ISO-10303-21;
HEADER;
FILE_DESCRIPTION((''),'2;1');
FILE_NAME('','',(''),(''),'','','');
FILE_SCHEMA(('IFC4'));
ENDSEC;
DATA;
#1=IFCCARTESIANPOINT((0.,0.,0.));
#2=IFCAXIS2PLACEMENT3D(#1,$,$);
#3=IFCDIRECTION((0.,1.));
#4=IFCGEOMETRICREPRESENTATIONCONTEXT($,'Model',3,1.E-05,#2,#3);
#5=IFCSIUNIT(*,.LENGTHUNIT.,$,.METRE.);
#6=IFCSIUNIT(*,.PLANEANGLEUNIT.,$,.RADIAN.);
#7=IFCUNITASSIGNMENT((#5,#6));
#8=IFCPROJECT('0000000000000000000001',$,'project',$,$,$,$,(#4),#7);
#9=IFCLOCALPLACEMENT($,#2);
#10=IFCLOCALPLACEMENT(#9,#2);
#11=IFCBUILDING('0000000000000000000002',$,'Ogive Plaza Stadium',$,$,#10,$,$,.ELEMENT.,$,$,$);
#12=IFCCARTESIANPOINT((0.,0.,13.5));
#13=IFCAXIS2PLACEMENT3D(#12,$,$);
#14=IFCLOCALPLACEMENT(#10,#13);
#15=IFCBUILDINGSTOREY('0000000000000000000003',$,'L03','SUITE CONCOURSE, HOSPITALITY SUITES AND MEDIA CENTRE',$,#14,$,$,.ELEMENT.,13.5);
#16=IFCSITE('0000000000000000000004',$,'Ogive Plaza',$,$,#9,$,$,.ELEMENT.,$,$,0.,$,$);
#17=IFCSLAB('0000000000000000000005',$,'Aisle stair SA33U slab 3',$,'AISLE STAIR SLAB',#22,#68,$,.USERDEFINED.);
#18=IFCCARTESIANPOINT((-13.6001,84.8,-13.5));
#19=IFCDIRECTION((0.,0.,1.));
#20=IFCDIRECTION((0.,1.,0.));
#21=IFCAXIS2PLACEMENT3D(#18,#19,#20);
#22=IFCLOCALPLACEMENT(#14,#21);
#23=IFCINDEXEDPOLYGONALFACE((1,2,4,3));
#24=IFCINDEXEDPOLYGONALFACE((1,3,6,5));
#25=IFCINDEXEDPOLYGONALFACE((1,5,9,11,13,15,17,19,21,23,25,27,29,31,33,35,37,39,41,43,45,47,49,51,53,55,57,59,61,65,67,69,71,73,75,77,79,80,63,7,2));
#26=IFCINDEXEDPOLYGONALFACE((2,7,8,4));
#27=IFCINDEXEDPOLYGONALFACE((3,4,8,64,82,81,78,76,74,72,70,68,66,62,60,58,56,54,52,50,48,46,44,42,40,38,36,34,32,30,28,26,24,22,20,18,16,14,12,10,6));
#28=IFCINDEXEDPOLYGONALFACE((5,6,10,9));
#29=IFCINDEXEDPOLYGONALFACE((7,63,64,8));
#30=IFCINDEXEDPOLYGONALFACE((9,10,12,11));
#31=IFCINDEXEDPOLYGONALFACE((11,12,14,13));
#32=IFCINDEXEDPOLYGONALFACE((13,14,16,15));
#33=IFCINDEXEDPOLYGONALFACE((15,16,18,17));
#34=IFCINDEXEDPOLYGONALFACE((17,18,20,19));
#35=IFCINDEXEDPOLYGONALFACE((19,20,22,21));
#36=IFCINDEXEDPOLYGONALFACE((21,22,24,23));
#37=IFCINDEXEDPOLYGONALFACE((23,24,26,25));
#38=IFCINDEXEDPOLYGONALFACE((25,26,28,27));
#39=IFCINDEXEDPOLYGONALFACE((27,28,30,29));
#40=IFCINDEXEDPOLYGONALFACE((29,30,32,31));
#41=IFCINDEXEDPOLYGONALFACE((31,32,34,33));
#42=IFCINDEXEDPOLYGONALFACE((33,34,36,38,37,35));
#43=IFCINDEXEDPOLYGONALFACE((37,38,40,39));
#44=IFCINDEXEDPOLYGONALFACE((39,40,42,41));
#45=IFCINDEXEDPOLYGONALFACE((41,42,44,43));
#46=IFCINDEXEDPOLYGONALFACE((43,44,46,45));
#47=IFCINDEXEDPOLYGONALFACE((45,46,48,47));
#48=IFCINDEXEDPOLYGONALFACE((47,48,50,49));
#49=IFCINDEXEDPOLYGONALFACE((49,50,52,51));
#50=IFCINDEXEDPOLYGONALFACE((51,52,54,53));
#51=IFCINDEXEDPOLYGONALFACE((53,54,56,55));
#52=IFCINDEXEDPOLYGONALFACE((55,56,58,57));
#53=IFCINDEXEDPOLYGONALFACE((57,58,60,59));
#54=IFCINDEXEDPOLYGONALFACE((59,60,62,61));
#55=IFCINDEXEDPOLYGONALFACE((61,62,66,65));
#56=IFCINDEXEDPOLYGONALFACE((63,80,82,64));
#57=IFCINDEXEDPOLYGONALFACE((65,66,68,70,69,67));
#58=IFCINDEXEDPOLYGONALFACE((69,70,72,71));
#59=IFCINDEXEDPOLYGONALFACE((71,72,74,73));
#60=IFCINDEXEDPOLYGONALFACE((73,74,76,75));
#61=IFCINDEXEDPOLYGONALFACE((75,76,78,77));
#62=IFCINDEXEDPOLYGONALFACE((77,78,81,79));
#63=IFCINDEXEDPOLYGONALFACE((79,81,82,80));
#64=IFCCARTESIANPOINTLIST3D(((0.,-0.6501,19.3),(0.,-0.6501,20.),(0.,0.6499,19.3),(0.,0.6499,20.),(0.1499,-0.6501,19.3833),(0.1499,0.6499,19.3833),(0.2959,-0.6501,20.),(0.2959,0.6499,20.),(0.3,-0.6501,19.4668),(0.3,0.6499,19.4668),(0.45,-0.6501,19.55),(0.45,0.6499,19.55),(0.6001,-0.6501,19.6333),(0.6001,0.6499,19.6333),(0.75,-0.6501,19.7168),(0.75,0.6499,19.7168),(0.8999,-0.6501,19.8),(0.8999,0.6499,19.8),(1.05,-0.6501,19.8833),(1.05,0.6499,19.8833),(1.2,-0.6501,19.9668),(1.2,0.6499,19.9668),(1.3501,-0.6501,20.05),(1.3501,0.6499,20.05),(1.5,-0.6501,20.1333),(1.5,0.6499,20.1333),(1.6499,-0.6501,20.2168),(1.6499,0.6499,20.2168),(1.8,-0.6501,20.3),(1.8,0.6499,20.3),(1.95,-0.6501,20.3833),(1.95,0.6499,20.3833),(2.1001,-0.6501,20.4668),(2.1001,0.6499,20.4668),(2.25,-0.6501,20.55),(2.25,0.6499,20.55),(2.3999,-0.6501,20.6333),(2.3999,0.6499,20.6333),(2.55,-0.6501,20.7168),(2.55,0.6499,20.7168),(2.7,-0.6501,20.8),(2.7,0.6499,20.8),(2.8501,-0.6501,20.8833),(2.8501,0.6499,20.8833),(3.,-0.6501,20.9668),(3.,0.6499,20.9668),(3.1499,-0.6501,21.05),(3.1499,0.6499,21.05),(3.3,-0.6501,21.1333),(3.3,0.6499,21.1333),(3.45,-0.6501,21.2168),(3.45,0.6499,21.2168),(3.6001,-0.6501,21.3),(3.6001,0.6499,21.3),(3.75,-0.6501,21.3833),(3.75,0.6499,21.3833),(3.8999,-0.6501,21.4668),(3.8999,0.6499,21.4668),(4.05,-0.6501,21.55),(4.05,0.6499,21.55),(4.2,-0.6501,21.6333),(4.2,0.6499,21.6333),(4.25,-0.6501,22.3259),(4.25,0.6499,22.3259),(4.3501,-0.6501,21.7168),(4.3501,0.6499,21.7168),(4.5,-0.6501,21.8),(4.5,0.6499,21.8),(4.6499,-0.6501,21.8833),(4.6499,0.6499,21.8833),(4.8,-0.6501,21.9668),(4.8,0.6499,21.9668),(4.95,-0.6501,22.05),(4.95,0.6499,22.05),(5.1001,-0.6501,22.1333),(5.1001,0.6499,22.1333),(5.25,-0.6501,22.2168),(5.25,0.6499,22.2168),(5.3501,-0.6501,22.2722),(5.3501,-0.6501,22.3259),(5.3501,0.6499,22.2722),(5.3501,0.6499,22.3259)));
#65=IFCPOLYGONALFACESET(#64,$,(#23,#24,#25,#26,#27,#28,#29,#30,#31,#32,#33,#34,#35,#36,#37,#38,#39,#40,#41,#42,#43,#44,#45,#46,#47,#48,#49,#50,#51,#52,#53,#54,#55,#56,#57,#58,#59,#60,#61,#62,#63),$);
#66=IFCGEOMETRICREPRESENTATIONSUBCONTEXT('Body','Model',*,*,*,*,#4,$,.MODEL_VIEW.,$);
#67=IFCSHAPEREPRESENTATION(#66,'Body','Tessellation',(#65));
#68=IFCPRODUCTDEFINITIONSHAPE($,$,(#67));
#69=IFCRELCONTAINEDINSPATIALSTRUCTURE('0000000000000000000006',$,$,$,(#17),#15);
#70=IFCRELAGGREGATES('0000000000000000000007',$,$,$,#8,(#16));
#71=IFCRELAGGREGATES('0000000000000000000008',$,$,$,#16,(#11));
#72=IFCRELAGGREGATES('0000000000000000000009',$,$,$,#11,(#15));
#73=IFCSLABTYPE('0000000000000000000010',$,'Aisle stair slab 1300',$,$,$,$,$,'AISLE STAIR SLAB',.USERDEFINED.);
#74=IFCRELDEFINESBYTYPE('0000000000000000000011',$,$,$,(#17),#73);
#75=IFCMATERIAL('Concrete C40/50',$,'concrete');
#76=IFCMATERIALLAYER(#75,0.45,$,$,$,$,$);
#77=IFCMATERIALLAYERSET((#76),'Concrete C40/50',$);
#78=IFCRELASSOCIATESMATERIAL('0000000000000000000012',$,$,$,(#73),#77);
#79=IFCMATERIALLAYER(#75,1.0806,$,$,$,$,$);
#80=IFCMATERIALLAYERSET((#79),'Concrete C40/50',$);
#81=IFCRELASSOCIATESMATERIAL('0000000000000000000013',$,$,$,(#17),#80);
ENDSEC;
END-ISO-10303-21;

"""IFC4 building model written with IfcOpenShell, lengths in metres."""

from ifc_helpers import new_model, si_unit, direction, frame, origin, place, context, subcontext, project, spatial, polyline, outline, extrude, material, layer, layer_set, type_object, element, save


model = new_model("IFC4")

# Units and contexts
model_context = context("Model", 3, precision=1e-05, world=origin(), true_north=direction((0.0, 1.0)))
body_context = subcontext(model_context, "Body", "Model", "MODEL_VIEW")
ifc_project = project(units=[si_unit("LENGTHUNIT", "METRE"), si_unit("PLANEANGLEUNIT", "RADIAN")], contexts=[model_context])

# Site, building, storey
site_placement = place(None, origin())
site = spatial("IfcSite", under=ifc_project, at=site_placement, Name="Ogive Plaza", CompositionType="ELEMENT", RefElevation=0.0)
building_placement = place(site_placement, origin())
building = spatial("IfcBuilding", under=site, at=building_placement, Name="Ogive Plaza Stadium", CompositionType="ELEMENT")
storey_placement = place(building_placement, frame((0.0, 0.0, 13.5)))
storey = spatial("IfcBuildingStorey", under=building, at=storey_placement, Name="L03", Description="SUITE CONCOURSE, HOSPITALITY SUITES AND MEDIA CENTRE", CompositionType="ELEMENT", Elevation=13.5)

# Slab
ifc_material_1 = material(Name="Concrete C40/50", Category="concrete")
ifc_layer_1 = layer(ifc_material_1, 1.0806)
ifc_layer_set_1 = layer_set([ifc_layer_1], Name="Concrete C40/50")
ifc_layer_2 = layer(ifc_material_1, 0.45)
ifc_layer_set_2 = layer_set([ifc_layer_2], Name="Concrete C40/50")
slab_type = type_object("IfcSlabType", Name="Aisle stair slab 1300", ElementType="AISLE STAIR SLAB", PredefinedType="USERDEFINED", material=ifc_layer_set_2)
slab_placement = place(storey_placement, frame((-13.6001, 84.8, -13.5), z_axis=(0.0, 0.0, 1.0), x_axis=(0.0, 1.0, 0.0)))
element("IfcSlab", 1, at=slab_placement, inside=storey, type_object=slab_type, material=ifc_layer_set_1, Name="Aisle stair SA33U slab 3", ObjectType="AISLE STAIR SLAB", PredefinedType="USERDEFINED", context=body_context, shape_type="SweptSolid", body=[
    extrude(outline(polyline([(0.0, 20.0), (0.2959, 20.0), (4.25, 22.3259), (5.3501, 22.3259), (5.3501, 22.2722), (5.25, 22.2168), (5.1001, 22.1333), (4.95, 22.05), (4.8, 21.9668), (4.6499, 21.8833), (4.5, 21.8), (4.3501, 21.7168), (4.2, 21.6333), (4.05, 21.55), (3.8999, 21.4668), (3.75, 21.3833), (3.6001, 21.3), (3.45, 21.2168), (3.3, 21.1333), (3.1499, 21.05), (3.0, 20.9668), (2.8501, 20.8833), (2.7, 20.8), (2.55, 20.7168), (2.3999, 20.6333), (2.25, 20.55), (2.1001, 20.4668), (1.95, 20.3833), (1.8, 20.3), (1.6499, 20.2168), (1.5, 20.1333), (1.3501, 20.05), (1.2, 19.9668), (1.05, 19.8833), (0.8999, 19.8), (0.75, 19.7168), (0.6001, 19.6333), (0.45, 19.55), (0.3, 19.4668), (0.1499, 19.3833), (0.0, 19.3), (0.0, 20.0)])), frame((0.0, 0.6499, 0.0), z_axis=(0.0, -1.0, 0.0), x_axis=(1.0, 0.0, 0.0)), (0.0, 0.0, 1.0), 1.3),
])

save(model, "model.ifc")
